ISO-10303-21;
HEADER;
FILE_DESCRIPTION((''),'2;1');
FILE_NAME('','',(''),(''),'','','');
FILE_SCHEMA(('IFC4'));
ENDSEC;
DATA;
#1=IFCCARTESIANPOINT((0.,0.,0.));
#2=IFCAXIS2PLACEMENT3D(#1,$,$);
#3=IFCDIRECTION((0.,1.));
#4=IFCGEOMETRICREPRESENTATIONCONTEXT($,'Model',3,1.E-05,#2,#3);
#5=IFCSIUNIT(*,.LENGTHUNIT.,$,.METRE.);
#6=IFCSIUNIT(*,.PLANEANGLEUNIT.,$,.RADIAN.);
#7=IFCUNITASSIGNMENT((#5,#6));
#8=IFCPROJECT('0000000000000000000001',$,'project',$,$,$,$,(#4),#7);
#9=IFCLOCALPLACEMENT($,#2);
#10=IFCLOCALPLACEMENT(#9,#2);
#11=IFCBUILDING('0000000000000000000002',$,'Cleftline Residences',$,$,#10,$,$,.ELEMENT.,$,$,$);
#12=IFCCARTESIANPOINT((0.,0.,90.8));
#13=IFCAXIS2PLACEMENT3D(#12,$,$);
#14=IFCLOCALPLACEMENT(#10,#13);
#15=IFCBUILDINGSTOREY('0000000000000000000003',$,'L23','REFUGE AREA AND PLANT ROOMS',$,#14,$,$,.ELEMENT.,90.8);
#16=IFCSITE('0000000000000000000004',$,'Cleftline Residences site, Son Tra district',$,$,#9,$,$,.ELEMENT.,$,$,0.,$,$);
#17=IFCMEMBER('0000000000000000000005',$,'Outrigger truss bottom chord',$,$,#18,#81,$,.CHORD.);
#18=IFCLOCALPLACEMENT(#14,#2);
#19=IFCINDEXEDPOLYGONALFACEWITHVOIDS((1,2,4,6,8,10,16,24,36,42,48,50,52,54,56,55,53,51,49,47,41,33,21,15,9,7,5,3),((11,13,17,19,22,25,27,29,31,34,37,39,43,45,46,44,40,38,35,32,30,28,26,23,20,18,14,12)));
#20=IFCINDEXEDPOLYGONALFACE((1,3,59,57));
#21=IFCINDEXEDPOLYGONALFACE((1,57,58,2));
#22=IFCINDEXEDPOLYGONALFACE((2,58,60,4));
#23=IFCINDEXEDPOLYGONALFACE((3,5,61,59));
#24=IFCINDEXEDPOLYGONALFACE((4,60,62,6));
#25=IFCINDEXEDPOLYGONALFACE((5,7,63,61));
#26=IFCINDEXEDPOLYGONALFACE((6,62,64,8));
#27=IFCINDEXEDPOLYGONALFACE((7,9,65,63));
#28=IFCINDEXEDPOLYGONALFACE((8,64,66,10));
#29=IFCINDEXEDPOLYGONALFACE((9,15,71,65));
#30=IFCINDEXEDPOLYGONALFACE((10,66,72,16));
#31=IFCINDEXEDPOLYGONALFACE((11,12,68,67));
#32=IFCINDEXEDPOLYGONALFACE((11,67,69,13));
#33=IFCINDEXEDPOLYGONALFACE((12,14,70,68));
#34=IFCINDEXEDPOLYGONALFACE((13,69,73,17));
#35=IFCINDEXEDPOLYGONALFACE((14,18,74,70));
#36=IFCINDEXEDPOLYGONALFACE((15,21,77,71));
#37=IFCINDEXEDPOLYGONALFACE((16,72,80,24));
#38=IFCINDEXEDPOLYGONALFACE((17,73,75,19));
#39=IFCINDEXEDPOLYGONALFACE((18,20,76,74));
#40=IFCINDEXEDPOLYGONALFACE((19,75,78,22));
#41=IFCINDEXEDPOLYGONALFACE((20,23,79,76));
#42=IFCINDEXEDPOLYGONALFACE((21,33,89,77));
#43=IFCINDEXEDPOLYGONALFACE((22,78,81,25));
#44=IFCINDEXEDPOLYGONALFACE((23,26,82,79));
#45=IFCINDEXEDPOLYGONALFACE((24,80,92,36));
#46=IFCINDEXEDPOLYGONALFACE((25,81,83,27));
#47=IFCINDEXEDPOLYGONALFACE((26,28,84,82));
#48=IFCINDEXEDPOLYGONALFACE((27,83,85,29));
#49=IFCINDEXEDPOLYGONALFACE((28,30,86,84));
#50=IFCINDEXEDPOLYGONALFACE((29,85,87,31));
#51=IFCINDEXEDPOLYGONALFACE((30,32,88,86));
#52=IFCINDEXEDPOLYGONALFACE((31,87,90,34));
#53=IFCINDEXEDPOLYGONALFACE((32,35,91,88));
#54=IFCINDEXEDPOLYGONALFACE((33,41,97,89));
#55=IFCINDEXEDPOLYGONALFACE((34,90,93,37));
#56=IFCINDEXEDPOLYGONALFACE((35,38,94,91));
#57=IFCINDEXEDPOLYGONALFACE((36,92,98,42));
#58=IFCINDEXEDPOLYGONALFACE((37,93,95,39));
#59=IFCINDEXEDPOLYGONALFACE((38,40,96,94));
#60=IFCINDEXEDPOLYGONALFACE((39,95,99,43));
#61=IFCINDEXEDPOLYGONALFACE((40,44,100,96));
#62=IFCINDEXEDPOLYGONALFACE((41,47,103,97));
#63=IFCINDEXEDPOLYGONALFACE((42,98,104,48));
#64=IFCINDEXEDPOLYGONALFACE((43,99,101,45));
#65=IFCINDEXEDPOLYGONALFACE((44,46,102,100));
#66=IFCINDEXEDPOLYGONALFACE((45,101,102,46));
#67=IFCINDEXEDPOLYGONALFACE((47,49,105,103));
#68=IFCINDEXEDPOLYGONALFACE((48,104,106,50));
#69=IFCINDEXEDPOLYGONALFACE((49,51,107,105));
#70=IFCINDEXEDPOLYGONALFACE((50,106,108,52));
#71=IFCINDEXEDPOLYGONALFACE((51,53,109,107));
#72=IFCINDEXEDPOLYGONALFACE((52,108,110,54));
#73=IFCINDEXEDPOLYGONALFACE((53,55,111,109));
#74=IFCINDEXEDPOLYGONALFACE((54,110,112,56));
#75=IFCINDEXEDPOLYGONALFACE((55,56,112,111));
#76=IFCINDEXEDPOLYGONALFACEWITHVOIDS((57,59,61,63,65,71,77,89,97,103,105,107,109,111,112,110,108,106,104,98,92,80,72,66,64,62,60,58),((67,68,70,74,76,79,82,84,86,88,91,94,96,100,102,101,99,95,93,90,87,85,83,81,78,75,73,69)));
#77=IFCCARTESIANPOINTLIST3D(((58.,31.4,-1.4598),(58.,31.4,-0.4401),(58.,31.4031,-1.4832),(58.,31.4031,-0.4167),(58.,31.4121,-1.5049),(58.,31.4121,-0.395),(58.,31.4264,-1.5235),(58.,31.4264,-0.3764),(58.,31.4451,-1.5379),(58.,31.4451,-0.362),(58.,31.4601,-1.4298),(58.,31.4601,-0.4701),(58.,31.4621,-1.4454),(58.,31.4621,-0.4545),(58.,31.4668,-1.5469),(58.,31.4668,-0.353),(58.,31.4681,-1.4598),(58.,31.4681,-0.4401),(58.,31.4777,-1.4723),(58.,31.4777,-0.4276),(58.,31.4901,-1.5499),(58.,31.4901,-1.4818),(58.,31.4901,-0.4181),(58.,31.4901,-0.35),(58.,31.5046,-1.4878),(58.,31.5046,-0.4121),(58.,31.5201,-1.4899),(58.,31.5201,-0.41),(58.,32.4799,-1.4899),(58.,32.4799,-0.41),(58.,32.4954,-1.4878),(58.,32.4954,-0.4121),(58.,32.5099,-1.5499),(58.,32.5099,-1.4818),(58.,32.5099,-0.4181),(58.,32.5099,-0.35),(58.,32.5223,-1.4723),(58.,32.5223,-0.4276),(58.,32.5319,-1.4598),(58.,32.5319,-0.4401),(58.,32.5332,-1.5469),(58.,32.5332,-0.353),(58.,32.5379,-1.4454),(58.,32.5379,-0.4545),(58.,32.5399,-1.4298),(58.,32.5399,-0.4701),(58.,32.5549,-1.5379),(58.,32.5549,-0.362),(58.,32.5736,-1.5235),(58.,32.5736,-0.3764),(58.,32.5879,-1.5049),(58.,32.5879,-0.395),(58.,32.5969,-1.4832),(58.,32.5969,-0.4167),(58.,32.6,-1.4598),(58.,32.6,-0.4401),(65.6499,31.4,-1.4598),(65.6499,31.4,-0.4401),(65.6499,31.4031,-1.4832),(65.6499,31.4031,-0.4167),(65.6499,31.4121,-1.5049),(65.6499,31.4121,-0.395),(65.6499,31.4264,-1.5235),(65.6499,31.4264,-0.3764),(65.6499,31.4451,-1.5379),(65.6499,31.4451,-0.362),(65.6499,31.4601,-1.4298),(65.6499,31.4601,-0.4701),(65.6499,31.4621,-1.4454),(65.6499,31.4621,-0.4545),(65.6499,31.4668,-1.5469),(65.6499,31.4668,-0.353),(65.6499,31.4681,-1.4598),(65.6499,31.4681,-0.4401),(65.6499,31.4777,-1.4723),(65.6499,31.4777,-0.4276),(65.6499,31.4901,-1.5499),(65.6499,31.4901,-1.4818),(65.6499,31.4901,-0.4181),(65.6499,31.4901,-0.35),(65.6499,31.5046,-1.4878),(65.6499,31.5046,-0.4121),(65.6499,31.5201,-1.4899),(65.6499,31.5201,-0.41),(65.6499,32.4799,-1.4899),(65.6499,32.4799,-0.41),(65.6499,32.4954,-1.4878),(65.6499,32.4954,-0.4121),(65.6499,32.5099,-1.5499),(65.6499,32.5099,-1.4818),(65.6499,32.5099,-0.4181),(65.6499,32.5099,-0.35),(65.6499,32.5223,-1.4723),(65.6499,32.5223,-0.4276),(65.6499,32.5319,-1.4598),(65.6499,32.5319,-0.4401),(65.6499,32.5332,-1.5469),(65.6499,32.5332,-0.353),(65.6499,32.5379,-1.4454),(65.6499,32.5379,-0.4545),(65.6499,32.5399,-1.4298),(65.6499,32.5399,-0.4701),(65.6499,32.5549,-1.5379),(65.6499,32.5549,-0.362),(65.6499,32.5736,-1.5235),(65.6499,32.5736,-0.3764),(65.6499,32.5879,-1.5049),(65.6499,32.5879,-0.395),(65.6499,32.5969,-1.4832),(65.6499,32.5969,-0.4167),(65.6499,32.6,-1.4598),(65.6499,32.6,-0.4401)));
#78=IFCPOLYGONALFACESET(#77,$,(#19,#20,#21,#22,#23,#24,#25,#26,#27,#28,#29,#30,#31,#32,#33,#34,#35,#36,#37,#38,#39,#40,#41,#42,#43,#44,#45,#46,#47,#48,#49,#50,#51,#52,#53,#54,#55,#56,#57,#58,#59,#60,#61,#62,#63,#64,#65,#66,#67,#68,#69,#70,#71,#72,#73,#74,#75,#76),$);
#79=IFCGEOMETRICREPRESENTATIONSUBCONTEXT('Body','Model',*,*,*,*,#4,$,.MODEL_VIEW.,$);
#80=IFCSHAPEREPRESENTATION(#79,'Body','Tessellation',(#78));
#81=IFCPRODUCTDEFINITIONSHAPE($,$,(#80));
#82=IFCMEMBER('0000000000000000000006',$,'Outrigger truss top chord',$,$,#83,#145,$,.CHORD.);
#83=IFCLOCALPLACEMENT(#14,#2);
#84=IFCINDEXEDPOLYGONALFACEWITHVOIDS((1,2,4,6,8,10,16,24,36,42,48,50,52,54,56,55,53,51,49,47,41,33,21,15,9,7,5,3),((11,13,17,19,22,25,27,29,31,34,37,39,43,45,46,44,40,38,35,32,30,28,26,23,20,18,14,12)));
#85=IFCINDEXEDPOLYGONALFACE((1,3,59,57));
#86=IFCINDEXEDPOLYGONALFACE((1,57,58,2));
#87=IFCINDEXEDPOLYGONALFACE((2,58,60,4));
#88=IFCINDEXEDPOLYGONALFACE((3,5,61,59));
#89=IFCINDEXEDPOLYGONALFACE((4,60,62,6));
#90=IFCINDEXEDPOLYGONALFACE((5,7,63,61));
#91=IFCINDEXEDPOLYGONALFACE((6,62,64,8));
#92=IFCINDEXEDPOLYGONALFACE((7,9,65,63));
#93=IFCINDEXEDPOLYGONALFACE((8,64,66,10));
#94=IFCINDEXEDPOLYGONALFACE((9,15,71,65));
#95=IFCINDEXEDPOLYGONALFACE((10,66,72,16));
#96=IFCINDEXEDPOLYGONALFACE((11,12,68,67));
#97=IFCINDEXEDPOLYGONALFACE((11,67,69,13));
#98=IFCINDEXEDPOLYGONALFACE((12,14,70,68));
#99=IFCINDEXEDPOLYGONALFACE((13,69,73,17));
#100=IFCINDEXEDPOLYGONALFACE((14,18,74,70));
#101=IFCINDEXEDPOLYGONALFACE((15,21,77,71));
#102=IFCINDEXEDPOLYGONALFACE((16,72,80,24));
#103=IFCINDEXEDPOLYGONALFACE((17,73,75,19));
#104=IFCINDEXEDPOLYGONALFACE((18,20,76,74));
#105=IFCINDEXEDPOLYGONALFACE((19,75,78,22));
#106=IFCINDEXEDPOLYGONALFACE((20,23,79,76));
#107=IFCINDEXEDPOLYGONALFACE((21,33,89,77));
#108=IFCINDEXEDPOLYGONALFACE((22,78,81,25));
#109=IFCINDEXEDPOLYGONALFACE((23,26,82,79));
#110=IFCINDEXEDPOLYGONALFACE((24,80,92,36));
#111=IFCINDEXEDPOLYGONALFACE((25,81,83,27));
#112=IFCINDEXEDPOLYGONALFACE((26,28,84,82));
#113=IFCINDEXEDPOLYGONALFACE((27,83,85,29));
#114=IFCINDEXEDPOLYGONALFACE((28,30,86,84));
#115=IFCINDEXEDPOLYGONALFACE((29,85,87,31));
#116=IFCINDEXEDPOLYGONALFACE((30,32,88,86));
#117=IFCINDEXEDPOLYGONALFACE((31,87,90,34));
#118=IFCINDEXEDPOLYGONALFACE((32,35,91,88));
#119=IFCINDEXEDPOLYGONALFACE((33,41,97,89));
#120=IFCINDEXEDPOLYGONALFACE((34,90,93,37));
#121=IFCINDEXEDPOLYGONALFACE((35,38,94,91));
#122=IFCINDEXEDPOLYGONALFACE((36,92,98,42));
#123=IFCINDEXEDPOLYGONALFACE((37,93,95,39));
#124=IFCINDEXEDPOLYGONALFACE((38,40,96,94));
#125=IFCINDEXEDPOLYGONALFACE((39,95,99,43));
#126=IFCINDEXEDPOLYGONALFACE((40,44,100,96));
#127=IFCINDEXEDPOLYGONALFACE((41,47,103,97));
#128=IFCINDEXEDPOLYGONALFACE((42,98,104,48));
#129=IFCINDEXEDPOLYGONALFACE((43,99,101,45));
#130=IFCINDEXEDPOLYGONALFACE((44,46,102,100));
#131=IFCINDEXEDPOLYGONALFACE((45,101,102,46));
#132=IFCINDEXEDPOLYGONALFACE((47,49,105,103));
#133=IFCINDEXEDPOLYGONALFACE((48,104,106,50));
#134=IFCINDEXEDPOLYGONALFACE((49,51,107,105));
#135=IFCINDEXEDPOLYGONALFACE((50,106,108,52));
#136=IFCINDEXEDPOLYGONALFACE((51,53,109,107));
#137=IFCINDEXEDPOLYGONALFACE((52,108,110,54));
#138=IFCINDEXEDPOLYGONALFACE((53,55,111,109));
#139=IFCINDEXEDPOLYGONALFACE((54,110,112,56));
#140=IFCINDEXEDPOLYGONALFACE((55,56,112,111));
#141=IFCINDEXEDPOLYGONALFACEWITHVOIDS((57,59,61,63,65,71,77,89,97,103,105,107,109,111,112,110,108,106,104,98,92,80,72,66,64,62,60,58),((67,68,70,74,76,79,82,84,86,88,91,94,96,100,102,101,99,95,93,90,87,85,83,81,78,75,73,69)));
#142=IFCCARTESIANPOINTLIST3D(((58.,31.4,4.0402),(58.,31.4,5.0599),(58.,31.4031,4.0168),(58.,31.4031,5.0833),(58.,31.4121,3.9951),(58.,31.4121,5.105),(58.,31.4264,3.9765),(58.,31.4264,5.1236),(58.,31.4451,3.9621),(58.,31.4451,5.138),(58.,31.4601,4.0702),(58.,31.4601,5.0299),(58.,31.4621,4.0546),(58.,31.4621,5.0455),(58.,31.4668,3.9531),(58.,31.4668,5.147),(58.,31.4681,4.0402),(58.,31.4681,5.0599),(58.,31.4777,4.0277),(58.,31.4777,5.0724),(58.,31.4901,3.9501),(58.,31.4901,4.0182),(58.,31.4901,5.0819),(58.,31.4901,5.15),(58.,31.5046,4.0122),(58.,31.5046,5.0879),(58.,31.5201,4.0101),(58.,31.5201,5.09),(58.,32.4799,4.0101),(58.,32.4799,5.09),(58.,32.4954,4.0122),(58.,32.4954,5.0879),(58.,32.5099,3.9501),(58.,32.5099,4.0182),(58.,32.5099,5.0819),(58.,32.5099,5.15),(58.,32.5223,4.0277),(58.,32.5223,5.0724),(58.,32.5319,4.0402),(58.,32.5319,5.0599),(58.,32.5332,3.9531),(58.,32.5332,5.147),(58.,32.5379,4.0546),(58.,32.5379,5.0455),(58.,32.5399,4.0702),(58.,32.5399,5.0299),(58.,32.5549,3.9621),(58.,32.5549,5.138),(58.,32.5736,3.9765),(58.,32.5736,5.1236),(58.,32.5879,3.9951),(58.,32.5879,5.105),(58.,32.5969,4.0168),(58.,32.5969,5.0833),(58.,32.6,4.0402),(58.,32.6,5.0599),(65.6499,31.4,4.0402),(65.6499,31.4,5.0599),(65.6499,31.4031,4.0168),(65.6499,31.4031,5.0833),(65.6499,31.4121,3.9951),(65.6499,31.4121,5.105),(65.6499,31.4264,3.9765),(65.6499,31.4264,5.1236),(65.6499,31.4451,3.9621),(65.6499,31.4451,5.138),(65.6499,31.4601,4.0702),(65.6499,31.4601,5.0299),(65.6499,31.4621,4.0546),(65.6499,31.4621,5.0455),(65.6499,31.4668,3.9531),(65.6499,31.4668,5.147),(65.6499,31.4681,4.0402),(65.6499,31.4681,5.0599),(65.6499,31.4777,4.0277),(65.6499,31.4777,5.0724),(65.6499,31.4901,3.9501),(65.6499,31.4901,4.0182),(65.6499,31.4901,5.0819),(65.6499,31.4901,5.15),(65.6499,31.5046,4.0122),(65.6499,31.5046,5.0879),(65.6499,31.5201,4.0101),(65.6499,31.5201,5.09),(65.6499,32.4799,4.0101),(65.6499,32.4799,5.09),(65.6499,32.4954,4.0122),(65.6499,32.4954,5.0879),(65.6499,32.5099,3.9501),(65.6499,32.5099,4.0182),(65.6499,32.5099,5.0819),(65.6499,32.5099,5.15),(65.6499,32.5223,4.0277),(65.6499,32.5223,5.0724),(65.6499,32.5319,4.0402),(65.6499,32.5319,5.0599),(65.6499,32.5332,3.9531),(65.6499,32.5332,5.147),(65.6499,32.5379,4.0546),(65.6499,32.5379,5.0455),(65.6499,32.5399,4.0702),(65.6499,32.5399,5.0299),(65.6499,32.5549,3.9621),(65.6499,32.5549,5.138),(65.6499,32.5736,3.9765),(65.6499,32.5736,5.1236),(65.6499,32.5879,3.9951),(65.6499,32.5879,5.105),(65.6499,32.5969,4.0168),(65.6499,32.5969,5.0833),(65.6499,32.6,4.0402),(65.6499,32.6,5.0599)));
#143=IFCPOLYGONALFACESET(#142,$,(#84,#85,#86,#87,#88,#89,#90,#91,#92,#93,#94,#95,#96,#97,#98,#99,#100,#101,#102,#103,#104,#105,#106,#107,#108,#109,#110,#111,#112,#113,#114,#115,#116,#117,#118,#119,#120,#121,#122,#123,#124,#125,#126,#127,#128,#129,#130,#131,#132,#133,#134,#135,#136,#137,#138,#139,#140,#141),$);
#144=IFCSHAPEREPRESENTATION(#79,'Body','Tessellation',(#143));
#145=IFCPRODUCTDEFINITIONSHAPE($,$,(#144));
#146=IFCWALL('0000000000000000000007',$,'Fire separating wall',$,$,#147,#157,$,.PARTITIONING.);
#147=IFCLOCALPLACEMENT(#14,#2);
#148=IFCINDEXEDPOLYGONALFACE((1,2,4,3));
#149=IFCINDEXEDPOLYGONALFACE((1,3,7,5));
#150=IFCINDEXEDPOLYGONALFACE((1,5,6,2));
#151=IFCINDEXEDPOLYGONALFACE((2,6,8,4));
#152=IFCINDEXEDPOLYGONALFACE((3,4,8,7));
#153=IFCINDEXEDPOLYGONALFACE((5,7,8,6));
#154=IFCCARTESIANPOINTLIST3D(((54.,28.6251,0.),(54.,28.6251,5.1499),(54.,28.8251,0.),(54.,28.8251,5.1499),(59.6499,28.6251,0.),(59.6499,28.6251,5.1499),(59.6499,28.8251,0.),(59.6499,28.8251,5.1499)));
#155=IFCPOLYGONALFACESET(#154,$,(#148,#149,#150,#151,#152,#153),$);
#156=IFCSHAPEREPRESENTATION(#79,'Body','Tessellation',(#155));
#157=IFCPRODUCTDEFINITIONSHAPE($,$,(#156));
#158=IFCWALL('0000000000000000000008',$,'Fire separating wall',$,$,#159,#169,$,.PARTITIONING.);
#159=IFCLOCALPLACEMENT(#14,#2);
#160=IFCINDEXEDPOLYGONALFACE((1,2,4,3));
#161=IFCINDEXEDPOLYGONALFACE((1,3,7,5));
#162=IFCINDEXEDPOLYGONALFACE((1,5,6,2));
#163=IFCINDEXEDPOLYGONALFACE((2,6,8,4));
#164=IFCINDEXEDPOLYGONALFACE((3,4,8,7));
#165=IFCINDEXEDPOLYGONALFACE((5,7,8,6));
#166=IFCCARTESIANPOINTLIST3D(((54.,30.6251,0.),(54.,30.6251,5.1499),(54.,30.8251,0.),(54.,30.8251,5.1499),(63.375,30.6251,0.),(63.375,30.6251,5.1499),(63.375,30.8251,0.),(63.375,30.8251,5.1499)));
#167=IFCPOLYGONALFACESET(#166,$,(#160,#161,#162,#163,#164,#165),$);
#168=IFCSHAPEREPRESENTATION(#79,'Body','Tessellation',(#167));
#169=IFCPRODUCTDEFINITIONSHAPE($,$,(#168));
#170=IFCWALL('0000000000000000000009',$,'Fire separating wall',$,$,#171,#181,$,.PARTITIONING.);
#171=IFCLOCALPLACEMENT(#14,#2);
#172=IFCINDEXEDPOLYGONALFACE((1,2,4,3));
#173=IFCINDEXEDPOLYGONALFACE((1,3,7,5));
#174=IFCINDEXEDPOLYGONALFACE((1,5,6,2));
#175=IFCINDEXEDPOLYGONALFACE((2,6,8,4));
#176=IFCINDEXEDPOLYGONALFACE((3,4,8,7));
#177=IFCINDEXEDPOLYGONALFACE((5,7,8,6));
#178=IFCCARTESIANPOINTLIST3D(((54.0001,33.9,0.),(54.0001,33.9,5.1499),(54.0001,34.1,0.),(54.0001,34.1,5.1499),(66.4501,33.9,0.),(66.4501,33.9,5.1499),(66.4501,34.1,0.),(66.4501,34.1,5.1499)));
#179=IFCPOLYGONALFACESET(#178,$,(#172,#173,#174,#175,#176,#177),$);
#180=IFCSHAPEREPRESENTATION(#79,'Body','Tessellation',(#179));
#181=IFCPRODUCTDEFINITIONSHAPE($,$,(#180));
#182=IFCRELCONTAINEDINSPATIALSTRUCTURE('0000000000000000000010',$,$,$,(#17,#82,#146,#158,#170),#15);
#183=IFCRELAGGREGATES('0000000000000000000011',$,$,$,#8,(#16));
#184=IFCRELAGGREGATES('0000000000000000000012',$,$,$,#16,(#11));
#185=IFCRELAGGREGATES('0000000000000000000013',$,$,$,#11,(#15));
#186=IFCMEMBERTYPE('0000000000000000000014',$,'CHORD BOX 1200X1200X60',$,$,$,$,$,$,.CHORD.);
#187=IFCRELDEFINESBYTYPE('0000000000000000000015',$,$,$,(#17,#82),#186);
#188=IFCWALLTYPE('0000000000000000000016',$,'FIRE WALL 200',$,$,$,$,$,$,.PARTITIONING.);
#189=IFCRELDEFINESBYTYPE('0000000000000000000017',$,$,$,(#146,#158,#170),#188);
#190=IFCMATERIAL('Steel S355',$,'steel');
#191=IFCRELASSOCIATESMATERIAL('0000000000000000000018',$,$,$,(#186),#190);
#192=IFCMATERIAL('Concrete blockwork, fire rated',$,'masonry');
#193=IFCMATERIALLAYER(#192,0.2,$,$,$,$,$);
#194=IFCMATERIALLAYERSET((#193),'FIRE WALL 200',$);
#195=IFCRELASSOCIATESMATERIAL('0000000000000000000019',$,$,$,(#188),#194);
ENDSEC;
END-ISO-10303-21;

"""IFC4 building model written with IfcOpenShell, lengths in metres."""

from ifc_helpers import new_model, si_unit, direction, frame, frame_2d, origin, origin_2d, place, context, subcontext, project, spatial, rectangle, hollow_rectangle, extrude, material, layer, layer_set, material_profile, profile_set, type_object, element, save


model = new_model("IFC4")

# Units and contexts
model_context = context("Model", 3, precision=1e-05, world=origin(), true_north=direction((0.0, 1.0)))
body_context = subcontext(model_context, "Body", "Model", "MODEL_VIEW")
ifc_project = project(units=[si_unit("LENGTHUNIT", "METRE"), si_unit("PLANEANGLEUNIT", "RADIAN")], contexts=[model_context])

# Site, building, storey
site_placement = place(None, origin())
site = spatial("IfcSite", under=ifc_project, at=site_placement, Name="Cleftline Residences site, Son Tra district", CompositionType="ELEMENT", RefElevation=0.0)
building_placement = place(site_placement, origin())
building = spatial("IfcBuilding", under=site, at=building_placement, Name="Cleftline Residences", CompositionType="ELEMENT")
storey_placement = place(building_placement, frame((0.0, 0.0, 90.8)))
storey = spatial("IfcBuildingStorey", under=building, at=storey_placement, Name="L23", Description="REFUGE AREA AND PLANT ROOMS", CompositionType="ELEMENT", Elevation=90.8)

# Members
ifc_material_1 = material(Name="Steel S355", Category="steel")
ifc_material_profile_1 = material_profile(ifc_material_1, hollow_rectangle(XDim=1.2, YDim=1.2, WallThickness=0.0601, InnerFilletRadius=0.0601, OuterFilletRadius=0.0901, at=origin_2d()))
ifc_profile_set_1 = profile_set([ifc_material_profile_1], Name="Steel S355")
member_type_1 = type_object("IfcMemberType", Name="CHORD BOX 1200X1200X60", PredefinedType="CHORD", material=ifc_profile_set_1)
for number, where, z_axis, x_axis, name in (
    (1, (58.0, 32.0, -0.95), (1.0, 0.0, 0.0), (0.0, 1.0, 0.0), "Outrigger truss bottom chord"),
    (2, (58.0, 32.0, 4.55), (1.0, 0.0, 0.0), (0.0, 1.0, 0.0), "Outrigger truss top chord"),
):
    element("IfcMember", number, at=place(storey_placement, frame(where, z_axis=z_axis, x_axis=x_axis)), inside=storey, type_object=member_type_1, Name=name, PredefinedType="CHORD", context=body_context, shape_type="SweptSolid", body=[
        extrude(hollow_rectangle(XDim=1.2, YDim=1.2, WallThickness=0.0601, InnerFilletRadius=0.0601, OuterFilletRadius=0.0901, at=origin_2d()), origin(), (0.0, 0.0, 1.0), 7.6499),
    ])

# Walls
ifc_material_2 = material(Name="Concrete blockwork, fire rated", Category="masonry")
ifc_layer_1 = layer(ifc_material_2, 0.2)
ifc_layer_set_1 = layer_set([ifc_layer_1], Name="FIRE WALL 200")
wall_type_1 = type_object("IfcWallType", Name="FIRE WALL 200", PredefinedType="PARTITIONING", material=ifc_layer_set_1)
wall_1_placement = place(storey_placement, frame((54.0, 28.7251, 0.0), z_axis=(0.0, 0.0, 1.0), x_axis=(1.0, 0.0, 0.0)))
element("IfcWall", 3, at=wall_1_placement, inside=storey, type_object=wall_type_1, Name="Fire separating wall", PredefinedType="PARTITIONING", context=body_context, shape_type="SweptSolid", body=[
    extrude(rectangle(XDim=5.6499, YDim=0.2, at=frame_2d((2.825, 0.0))), origin(), (0.0, 0.0, 1.0), 5.1499),
])
wall_2_placement = place(storey_placement, frame((54.0, 30.7251, 0.0), z_axis=(0.0, 0.0, 1.0), x_axis=(1.0, 0.0, 0.0)))
element("IfcWall", 4, at=wall_2_placement, inside=storey, type_object=wall_type_1, Name="Fire separating wall", PredefinedType="PARTITIONING", context=body_context, shape_type="SweptSolid", body=[
    extrude(rectangle(XDim=9.375, YDim=0.2, at=frame_2d((4.6875, 0.0))), origin(), (0.0, 0.0, 1.0), 5.1499),
])
wall_3_placement = place(storey_placement, frame((54.0, 34.0, 0.0), z_axis=(0.0, 0.0, 1.0), x_axis=(1.0, 0.0, 0.0)))
element("IfcWall", 5, at=wall_3_placement, inside=storey, type_object=wall_type_1, Name="Fire separating wall", PredefinedType="PARTITIONING", context=body_context, shape_type="SweptSolid", body=[
    extrude(rectangle(XDim=12.45, YDim=0.2, at=frame_2d((6.2251, 0.0))), origin(), (0.0, 0.0, 1.0), 5.1499),
])

save(model, "model.ifc")
